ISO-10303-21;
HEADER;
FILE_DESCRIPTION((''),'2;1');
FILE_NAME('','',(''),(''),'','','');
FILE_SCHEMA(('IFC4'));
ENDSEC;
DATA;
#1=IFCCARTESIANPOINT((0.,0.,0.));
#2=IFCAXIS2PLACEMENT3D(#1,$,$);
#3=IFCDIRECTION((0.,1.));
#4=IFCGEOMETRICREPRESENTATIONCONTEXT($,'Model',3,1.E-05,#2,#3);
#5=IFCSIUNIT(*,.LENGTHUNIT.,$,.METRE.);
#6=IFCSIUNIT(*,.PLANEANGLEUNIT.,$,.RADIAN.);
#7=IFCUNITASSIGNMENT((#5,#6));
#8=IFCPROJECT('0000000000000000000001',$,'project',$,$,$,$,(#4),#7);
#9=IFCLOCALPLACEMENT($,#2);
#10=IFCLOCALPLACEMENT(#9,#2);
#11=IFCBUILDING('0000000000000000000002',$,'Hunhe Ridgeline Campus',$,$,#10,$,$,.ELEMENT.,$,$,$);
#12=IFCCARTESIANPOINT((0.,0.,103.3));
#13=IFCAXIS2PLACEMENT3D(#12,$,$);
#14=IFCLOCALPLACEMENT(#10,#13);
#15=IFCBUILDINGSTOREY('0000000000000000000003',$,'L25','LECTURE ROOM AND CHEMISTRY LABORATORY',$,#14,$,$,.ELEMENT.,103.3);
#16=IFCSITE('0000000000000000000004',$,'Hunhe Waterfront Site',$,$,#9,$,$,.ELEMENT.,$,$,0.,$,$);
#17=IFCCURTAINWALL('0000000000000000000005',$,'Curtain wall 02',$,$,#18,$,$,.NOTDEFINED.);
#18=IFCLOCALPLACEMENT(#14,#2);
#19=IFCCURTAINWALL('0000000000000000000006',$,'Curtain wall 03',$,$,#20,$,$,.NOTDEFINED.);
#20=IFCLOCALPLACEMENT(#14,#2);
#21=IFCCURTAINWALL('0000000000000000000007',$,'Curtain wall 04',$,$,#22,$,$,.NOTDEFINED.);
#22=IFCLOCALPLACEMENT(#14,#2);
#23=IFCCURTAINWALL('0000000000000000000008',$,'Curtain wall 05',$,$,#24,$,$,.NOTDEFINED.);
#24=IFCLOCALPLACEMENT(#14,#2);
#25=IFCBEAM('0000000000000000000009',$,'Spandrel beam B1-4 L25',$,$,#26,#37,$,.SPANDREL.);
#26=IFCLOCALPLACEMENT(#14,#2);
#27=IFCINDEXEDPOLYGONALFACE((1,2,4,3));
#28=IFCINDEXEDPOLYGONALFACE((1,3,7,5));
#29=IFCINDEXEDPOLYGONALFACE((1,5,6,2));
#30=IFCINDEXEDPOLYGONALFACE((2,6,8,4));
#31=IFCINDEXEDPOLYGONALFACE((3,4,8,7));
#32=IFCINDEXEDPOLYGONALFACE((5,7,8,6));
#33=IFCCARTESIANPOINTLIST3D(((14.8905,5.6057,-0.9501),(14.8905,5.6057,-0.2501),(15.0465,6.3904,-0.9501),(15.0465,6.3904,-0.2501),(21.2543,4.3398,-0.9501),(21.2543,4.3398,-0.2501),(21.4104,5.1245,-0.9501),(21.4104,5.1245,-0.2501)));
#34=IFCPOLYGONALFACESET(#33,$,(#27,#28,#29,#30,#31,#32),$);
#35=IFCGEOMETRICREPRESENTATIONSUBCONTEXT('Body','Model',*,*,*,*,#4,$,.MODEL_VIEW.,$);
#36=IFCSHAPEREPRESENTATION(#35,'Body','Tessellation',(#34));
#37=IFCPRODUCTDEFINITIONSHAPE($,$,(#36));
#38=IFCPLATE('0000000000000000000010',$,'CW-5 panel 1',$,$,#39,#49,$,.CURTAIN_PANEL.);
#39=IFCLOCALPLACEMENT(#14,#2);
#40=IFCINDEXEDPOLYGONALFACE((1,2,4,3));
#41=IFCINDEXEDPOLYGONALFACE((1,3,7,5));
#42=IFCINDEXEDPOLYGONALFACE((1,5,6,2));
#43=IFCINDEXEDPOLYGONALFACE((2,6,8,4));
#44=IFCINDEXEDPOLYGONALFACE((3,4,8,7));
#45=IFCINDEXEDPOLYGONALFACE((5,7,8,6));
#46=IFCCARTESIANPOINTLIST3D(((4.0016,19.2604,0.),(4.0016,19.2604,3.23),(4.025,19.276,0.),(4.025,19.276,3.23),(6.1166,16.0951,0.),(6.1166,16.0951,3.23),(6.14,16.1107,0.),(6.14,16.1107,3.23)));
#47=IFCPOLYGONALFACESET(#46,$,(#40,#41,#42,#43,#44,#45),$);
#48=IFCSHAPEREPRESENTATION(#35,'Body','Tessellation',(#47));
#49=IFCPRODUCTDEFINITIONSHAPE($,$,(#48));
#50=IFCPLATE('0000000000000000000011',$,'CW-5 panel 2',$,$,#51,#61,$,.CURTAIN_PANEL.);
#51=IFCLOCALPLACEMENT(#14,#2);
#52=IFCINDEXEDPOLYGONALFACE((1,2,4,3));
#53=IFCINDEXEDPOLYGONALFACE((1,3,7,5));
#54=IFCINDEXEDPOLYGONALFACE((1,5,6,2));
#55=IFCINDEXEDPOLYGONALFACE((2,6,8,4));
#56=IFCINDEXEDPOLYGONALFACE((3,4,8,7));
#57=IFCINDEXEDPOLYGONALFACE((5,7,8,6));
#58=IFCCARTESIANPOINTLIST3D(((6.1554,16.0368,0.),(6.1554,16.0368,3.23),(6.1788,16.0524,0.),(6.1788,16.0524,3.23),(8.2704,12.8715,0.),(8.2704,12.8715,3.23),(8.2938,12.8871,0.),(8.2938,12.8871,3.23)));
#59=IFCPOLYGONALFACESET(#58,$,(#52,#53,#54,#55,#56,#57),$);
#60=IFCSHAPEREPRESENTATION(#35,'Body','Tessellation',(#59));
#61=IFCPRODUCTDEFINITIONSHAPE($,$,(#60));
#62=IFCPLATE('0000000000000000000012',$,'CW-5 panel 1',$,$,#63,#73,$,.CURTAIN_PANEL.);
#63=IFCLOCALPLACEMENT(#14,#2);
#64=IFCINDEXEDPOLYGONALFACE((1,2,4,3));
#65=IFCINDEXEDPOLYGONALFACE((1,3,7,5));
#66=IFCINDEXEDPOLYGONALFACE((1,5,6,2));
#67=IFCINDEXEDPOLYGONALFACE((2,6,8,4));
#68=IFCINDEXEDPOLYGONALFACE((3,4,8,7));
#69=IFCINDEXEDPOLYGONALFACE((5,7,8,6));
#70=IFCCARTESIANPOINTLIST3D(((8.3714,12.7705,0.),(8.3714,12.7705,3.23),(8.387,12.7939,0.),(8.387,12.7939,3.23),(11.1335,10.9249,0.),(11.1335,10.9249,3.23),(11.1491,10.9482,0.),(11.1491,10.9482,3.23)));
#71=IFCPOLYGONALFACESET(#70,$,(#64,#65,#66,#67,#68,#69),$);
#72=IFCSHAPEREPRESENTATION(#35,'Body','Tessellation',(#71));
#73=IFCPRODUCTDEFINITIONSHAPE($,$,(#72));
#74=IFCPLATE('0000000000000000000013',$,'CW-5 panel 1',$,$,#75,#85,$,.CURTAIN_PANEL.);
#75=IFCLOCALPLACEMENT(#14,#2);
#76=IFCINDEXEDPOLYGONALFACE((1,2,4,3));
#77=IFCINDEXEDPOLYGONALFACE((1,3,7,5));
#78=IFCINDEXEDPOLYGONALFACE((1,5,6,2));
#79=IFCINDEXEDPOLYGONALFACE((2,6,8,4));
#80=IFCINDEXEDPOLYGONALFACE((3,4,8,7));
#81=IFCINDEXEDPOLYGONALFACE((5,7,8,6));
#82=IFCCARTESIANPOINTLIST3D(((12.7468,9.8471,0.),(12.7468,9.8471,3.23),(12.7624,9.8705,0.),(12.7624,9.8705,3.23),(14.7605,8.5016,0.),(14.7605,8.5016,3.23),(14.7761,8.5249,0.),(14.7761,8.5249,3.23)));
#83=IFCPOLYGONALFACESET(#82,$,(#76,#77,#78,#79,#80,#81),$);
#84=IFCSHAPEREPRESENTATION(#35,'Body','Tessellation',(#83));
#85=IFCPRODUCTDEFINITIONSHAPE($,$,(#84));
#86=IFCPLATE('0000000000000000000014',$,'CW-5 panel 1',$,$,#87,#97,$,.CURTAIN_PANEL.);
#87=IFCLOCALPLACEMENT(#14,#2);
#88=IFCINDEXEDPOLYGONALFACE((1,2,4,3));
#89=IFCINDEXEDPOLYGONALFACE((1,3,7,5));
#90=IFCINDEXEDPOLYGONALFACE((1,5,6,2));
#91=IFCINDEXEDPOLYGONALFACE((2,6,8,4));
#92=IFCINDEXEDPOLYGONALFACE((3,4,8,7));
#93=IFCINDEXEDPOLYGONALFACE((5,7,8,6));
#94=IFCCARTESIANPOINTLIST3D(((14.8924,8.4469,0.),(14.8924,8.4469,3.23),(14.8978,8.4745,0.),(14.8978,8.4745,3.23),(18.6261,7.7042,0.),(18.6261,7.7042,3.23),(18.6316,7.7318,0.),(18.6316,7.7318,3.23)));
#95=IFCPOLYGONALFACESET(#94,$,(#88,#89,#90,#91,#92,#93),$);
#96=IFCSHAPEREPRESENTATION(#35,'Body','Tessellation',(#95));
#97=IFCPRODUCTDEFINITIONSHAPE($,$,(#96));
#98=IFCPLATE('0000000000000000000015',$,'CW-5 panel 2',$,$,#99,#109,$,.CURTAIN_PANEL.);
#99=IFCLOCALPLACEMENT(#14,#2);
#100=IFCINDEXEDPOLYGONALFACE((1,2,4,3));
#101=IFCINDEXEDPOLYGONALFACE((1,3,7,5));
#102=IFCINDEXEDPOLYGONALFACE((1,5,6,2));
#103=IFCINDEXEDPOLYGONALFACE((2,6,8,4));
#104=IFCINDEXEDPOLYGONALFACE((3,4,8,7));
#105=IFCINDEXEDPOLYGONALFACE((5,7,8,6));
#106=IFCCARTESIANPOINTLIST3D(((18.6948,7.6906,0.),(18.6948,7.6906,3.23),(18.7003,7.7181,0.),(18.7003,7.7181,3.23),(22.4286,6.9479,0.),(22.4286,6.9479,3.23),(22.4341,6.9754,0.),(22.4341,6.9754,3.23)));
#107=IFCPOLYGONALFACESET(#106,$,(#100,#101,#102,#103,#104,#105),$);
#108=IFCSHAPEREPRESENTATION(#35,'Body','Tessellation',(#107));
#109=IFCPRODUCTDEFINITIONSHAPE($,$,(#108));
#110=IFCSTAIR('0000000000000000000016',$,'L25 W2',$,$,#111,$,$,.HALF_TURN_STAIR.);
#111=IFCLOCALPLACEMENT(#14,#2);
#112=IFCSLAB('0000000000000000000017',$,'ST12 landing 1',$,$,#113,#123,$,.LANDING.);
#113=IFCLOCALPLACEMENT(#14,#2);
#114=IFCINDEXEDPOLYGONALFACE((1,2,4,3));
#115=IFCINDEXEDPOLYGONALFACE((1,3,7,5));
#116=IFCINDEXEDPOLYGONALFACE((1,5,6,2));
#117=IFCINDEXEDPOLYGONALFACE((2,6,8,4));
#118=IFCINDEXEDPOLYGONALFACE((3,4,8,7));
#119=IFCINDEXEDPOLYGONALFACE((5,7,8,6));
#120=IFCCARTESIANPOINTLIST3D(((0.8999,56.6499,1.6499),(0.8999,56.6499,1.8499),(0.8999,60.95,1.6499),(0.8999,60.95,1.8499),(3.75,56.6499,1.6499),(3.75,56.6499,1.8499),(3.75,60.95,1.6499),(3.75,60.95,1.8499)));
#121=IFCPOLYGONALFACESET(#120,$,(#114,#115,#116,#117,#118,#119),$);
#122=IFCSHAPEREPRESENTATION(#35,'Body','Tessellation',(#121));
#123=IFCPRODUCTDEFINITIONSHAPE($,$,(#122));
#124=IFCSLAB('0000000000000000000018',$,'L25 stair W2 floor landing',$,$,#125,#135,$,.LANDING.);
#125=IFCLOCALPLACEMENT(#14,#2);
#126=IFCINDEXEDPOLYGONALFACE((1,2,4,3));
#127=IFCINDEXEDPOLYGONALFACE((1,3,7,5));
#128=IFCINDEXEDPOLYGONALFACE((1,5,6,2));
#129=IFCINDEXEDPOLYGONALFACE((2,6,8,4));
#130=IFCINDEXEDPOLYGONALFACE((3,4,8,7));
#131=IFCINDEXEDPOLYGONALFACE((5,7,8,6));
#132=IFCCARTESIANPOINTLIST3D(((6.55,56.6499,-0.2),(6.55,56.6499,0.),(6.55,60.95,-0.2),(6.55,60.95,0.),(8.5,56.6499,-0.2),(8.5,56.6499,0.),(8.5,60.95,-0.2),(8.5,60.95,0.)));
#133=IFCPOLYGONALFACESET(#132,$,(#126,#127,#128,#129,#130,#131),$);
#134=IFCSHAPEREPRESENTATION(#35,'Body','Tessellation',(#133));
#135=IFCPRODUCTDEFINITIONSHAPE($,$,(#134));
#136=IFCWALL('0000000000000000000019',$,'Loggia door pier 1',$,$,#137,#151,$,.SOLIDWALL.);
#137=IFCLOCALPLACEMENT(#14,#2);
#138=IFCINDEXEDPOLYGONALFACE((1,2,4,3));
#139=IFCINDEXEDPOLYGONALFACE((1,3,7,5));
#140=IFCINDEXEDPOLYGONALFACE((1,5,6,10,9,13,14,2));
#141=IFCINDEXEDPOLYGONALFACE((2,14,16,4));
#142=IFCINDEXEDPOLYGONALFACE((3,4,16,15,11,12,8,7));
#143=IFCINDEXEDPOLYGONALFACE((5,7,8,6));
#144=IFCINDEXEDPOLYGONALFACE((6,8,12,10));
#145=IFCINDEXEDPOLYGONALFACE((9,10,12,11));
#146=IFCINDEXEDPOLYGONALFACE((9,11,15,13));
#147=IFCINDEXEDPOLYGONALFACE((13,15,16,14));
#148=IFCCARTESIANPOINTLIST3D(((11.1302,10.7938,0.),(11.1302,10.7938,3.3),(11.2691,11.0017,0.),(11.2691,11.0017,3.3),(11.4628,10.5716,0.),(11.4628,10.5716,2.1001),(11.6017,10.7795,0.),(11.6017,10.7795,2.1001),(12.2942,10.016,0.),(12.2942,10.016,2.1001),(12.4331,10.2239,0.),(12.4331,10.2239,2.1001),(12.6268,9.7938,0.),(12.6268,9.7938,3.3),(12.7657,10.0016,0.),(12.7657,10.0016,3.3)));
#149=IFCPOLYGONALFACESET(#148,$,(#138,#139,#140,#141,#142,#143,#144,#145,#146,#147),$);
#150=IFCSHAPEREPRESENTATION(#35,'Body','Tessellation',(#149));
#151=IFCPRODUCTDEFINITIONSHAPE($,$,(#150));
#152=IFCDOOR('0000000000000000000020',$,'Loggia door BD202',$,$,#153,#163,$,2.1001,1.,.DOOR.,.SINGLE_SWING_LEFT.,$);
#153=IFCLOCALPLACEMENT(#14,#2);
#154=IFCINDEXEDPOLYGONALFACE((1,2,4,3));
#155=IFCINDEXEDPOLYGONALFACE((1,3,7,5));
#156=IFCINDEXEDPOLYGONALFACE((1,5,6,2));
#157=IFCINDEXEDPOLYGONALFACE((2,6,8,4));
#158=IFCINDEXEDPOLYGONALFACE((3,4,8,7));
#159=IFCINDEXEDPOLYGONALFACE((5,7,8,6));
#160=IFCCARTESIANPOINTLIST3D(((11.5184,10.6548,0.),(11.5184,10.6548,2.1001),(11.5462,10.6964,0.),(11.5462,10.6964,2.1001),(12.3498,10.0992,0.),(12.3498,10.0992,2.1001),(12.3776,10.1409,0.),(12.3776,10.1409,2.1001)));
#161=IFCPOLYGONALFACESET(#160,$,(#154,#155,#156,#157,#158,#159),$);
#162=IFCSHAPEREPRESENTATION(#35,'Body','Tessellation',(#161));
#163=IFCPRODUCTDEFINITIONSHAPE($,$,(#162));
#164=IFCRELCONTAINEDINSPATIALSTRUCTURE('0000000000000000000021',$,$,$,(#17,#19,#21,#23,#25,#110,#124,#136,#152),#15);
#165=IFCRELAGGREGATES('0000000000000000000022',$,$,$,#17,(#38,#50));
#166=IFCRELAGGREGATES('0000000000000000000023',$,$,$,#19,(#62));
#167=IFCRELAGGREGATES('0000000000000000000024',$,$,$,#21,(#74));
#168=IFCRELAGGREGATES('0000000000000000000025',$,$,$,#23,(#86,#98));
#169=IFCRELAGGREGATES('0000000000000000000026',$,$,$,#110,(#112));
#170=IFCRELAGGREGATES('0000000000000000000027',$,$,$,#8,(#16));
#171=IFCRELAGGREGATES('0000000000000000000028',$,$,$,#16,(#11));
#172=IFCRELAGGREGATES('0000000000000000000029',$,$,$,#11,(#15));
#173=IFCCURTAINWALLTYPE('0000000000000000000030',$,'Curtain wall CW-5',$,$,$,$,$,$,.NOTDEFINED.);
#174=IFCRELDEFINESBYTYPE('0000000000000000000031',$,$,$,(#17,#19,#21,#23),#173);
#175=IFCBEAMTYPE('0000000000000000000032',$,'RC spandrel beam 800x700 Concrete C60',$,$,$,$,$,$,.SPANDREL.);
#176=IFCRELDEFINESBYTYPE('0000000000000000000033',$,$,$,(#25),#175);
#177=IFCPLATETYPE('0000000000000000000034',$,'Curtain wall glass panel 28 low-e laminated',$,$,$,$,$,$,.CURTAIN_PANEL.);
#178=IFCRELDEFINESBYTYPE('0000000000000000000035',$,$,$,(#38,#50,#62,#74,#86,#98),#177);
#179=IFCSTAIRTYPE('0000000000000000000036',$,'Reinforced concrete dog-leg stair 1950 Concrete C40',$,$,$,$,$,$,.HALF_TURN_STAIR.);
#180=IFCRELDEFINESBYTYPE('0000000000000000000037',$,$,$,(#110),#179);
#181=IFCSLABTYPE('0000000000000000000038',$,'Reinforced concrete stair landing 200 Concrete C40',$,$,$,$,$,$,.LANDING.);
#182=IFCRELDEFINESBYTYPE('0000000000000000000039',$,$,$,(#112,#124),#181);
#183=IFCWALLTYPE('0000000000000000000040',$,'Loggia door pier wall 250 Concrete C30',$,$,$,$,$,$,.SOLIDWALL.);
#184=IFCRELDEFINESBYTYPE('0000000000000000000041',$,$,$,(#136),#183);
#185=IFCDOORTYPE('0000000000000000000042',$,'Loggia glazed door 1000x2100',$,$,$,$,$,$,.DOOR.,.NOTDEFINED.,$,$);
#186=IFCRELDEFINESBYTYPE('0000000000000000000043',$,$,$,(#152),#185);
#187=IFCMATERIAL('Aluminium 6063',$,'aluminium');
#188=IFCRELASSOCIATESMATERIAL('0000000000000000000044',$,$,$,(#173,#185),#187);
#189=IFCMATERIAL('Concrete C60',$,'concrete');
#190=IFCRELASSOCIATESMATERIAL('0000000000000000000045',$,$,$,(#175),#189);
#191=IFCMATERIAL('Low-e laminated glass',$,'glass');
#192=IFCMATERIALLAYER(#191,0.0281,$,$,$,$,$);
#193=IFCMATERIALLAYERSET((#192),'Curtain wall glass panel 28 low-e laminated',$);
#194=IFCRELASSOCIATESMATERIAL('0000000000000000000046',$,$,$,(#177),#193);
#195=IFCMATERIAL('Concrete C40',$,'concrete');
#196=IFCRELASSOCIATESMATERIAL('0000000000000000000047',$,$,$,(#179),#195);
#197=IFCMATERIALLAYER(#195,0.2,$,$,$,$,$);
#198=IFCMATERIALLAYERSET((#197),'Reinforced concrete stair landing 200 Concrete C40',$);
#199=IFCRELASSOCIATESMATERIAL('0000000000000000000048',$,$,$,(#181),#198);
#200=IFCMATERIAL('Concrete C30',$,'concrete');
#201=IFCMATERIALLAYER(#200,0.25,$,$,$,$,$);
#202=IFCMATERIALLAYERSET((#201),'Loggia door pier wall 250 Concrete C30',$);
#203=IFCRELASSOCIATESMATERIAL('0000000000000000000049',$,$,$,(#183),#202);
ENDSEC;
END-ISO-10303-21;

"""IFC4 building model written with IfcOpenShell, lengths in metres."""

from ifc_helpers import new_model, si_unit, direction, frame, frame_2d, origin, origin_2d, place, context, subcontext, project, spatial, polyline, rectangle, outline, extrude, material, layer, layer_set, material_profile, profile_set, type_object, element, fill, aggregate, save


model = new_model("IFC4")

# Units and contexts
model_context = context("Model", 3, precision=1e-05, world=origin(), true_north=direction((0.0, 1.0)))
body_context = subcontext(model_context, "Body", "Model", "MODEL_VIEW")
ifc_project = project(units=[si_unit("LENGTHUNIT", "METRE"), si_unit("PLANEANGLEUNIT", "RADIAN")], contexts=[model_context])

# Site, building, storey
site_placement = place(None, origin())
site = spatial("IfcSite", under=ifc_project, at=site_placement, Name="Hunhe Waterfront Site", CompositionType="ELEMENT", RefElevation=0.0)
building_placement = place(site_placement, origin())
building = spatial("IfcBuilding", under=site, at=building_placement, Name="Hunhe Ridgeline Campus", CompositionType="ELEMENT")
storey_placement = place(building_placement, frame((0.0, 0.0, 103.3)))
storey = spatial("IfcBuildingStorey", under=building, at=storey_placement, Name="L25", Description="LECTURE ROOM AND CHEMISTRY LABORATORY", CompositionType="ELEMENT", Elevation=103.3)

# Curtain walls
ifc_material_1 = material(Name="Aluminium 6063", Category="aluminium")
curtain_wall_type = type_object("IfcCurtainWallType", Name="Curtain wall CW-5", PredefinedType="NOTDEFINED", material=ifc_material_1)
curtain_wall_1_placement = place(storey_placement, origin())
curtain_wall_1 = element("IfcCurtainWall", 1, at=curtain_wall_1_placement, inside=storey, type_object=curtain_wall_type, Name="Curtain wall 02", PredefinedType="NOTDEFINED")
curtain_wall_2_placement = place(storey_placement, origin())
curtain_wall_2 = element("IfcCurtainWall", 2, at=curtain_wall_2_placement, inside=storey, type_object=curtain_wall_type, Name="Curtain wall 03", PredefinedType="NOTDEFINED")
curtain_wall_3_placement = place(storey_placement, origin())
curtain_wall_3 = element("IfcCurtainWall", 3, at=curtain_wall_3_placement, inside=storey, type_object=curtain_wall_type, Name="Curtain wall 04", PredefinedType="NOTDEFINED")
curtain_wall_4_placement = place(storey_placement, origin())
curtain_wall_4 = element("IfcCurtainWall", 4, at=curtain_wall_4_placement, inside=storey, type_object=curtain_wall_type, Name="Curtain wall 05", PredefinedType="NOTDEFINED")

# Beam
ifc_material_2 = material(Name="Concrete C60", Category="concrete")
ifc_material_profile_1 = material_profile(ifc_material_2, rectangle(XDim=0.8, YDim=0.7, at=origin_2d()))
ifc_profile_set_1 = profile_set([ifc_material_profile_1], Name="Concrete C60")
beam_type = type_object("IfcBeamType", Name="RC spandrel beam 800x700 Concrete C60", PredefinedType="SPANDREL", material=ifc_profile_set_1)
for number, where, z_axis, x_axis, name in (
    (5, (14.9685, 5.998, -0.6001), (0.980784, -0.195096, 0.0), (0.195096, 0.980784, 0.0), "Spandrel beam B1-4 L25"),
):
    element("IfcBeam", number, at=place(storey_placement, frame(where, z_axis=z_axis, x_axis=x_axis)), inside=storey, type_object=beam_type, Name=name, PredefinedType="SPANDREL", context=body_context, shape_type="SweptSolid", body=[
        extrude(rectangle(XDim=0.8, YDim=0.7, at=origin_2d()), origin(), (0.0, 0.0, 1.0), 6.4885),
    ])

# Plates
ifc_material_3 = material(Name="Low-e laminated glass", Category="glass")
ifc_layer_1 = layer(ifc_material_3, 0.0281)
ifc_layer_set_1 = layer_set([ifc_layer_1], Name="Curtain wall glass panel 28 low-e laminated")
plate_type = type_object("IfcPlateType", Name="Curtain wall glass panel 28 low-e laminated", PredefinedType="CURTAIN_PANEL", material=ifc_layer_set_1)
plate_1_placement = place(storey_placement, frame((5.0708, 17.6855, 0.0), z_axis=(0.0, 0.0, 1.0), x_axis=(0.55557, -0.83147, 0.0)))
plate_1 = element("IfcPlate", 6, at=plate_1_placement, type_object=plate_type, Name="CW-5 panel 1", PredefinedType="CURTAIN_PANEL", context=body_context, shape_type="SweptSolid", body=[
    extrude(rectangle(XDim=3.8069, YDim=0.0281, at=origin_2d()), origin(), (0.0, 0.0, 1.0), 3.23),
])
plate_2_placement = place(storey_placement, frame((7.2246, 14.4619, 0.0), z_axis=(0.0, 0.0, 1.0), x_axis=(0.55557, -0.83147, 0.0)))
plate_2 = element("IfcPlate", 7, at=plate_2_placement, type_object=plate_type, Name="CW-5 panel 2", PredefinedType="CURTAIN_PANEL", context=body_context, shape_type="SweptSolid", body=[
    extrude(rectangle(XDim=3.8069, YDim=0.0281, at=origin_2d()), origin(), (0.0, 0.0, 1.0), 3.23),
])
aggregate(curtain_wall_1, [plate_1, plate_2])
plate_3_placement = place(storey_placement, frame((9.7603, 11.8594, 0.0), z_axis=(0.0, 0.0, 1.0), x_axis=(0.83147, -0.55557, 0.0)))
plate_3 = element("IfcPlate", 8, at=plate_3_placement, type_object=plate_type, Name="CW-5 panel 1", PredefinedType="CURTAIN_PANEL", context=body_context, shape_type="SweptSolid", body=[
    extrude(rectangle(XDim=3.322, YDim=0.0281, at=origin_2d()), origin(), (0.0, 0.0, 1.0), 3.23),
])
aggregate(curtain_wall_2, [plate_3])
plate_4_placement = place(storey_placement, frame((13.7615, 9.186, 0.0), z_axis=(0.0, 0.0, 1.0), x_axis=(0.83147, -0.55557, 0.0)))
plate_4 = element("IfcPlate", 9, at=plate_4_placement, type_object=plate_type, Name="CW-5 panel 1", PredefinedType="CURTAIN_PANEL", context=body_context, shape_type="SweptSolid", body=[
    extrude(rectangle(XDim=2.4219, YDim=0.0281, at=origin_2d()), origin(), (0.0, 0.0, 1.0), 3.23),
])
aggregate(curtain_wall_3, [plate_4])
plate_5_placement = place(storey_placement, frame((16.762, 8.0894, 0.0), z_axis=(0.0, 0.0, 1.0), x_axis=(0.980785, -0.19509, 0.0)))
plate_5 = element("IfcPlate", 10, at=plate_5_placement, type_object=plate_type, Name="CW-5 panel 1", PredefinedType="CURTAIN_PANEL", context=body_context, shape_type="SweptSolid", body=[
    extrude(rectangle(XDim=3.8069, YDim=0.0281, at=origin_2d()), origin(), (0.0, 0.0, 1.0), 3.23),
])
plate_6_placement = place(storey_placement, frame((20.5645, 7.333, 0.0), z_axis=(0.0, 0.0, 1.0), x_axis=(0.980785, -0.19509, 0.0)))
plate_6 = element("IfcPlate", 11, at=plate_6_placement, type_object=plate_type, Name="CW-5 panel 2", PredefinedType="CURTAIN_PANEL", context=body_context, shape_type="SweptSolid", body=[
    extrude(rectangle(XDim=3.8069, YDim=0.0281, at=origin_2d()), origin(), (0.0, 0.0, 1.0), 3.23),
])
aggregate(curtain_wall_4, [plate_5, plate_6])

# Stair, slab
ifc_material_4 = material(Name="Concrete C40", Category="concrete")
stair_type = type_object("IfcStairType", Name="Reinforced concrete dog-leg stair 1950 Concrete C40", PredefinedType="HALF_TURN_STAIR", material=ifc_material_4)
stair_placement = place(storey_placement, origin())
stair = element("IfcStair", 12, at=stair_placement, inside=storey, type_object=stair_type, Name="L25 W2", PredefinedType="HALF_TURN_STAIR")
ifc_layer_2 = layer(ifc_material_4, 0.2)
ifc_layer_set_2 = layer_set([ifc_layer_2], Name="Reinforced concrete stair landing 200 Concrete C40")
slab_type = type_object("IfcSlabType", Name="Reinforced concrete stair landing 200 Concrete C40", PredefinedType="LANDING", material=ifc_layer_set_2)
slab_1_placement = place(storey_placement, frame((0.0, 0.0, 1.6499)))
slab_1 = element("IfcSlab", 13, at=slab_1_placement, type_object=slab_type, Name="ST12 landing 1", PredefinedType="LANDING", context=body_context, shape_type="SweptSolid", body=[
    extrude(outline(polyline([(3.75, 60.95), (0.8999, 60.95), (0.8999, 56.6499), (3.75, 56.6499), (3.75, 60.95)])), origin(), (0.0, 0.0, 1.0), 0.2),
])
aggregate(stair, [slab_1])

# Slab
slab_2_placement = place(storey_placement, frame((0.0, 0.0, -0.2)))
element("IfcSlab", 14, at=slab_2_placement, inside=storey, type_object=slab_type, Name="L25 stair W2 floor landing", PredefinedType="LANDING", context=body_context, shape_type="SweptSolid", body=[
    extrude(outline(polyline([(8.5, 60.95), (6.55, 60.95), (6.55, 56.6499), (8.5, 56.6499), (8.5, 60.95)])), origin(), (0.0, 0.0, 1.0), 0.2),
])

# Wall, opening, door
ifc_material_5 = material(Name="Concrete C30", Category="concrete")
ifc_layer_3 = layer(ifc_material_5, 0.25)
ifc_layer_set_3 = layer_set([ifc_layer_3], Name="Loggia door pier wall 250 Concrete C30")
wall_type_1 = type_object("IfcWallType", Name="Loggia door pier wall 250 Concrete C30", PredefinedType="SOLIDWALL", material=ifc_layer_set_3)
wall_1_placement = place(storey_placement, frame((11.1997, 10.8977, 0.0), z_axis=(0.0, 0.0, 1.0), x_axis=(0.831466, -0.555576, 0.0)))
wall_1 = element("IfcWall", 15, at=wall_1_placement, inside=storey, type_object=wall_type_1, Name="Loggia door pier 1", PredefinedType="SOLIDWALL", context=body_context, shape_type="SweptSolid", body=[
    extrude(rectangle(XDim=1.8, YDim=0.25, at=frame_2d((0.8999, 0.0))), origin(), (0.0, 0.0, 1.0), 3.3),
])
opening_1_placement = place(wall_1_placement, frame((0.3999, 0.0, 0.0)))
opening_1 = element("IfcOpeningElement", 16, at=opening_1_placement, cuts=wall_1, PredefinedType="OPENING", context=body_context, shape_type="SweptSolid", body=[
    extrude(rectangle(XDim=1.0, YDim=2.1001, at=frame_2d((0.5, 1.05))), frame((0.0, 0.125, 0.0), z_axis=(0.0, -1.0, 0.0), x_axis=(1.0, 0.0, 0.0)), (0.0, 0.0, 1.0), 0.25),
])
door_type_1 = type_object("IfcDoorType", Name="Loggia glazed door 1000x2100", OperationType="NOTDEFINED", PredefinedType="DOOR", material=ifc_material_1)
door_1_placement = place(opening_1_placement, frame((1.0, 0.0, 0.0), z_axis=(0.0, 0.0, 1.0), x_axis=(-1.0, 0.0, 0.0)))
door_1 = element("IfcDoor", 17, at=door_1_placement, inside=storey, type_object=door_type_1, Name="Loggia door BD202", OperationType="SINGLE_SWING_LEFT", OverallHeight=2.1001, OverallWidth=1.0, PredefinedType="DOOR", context=body_context, shape_type="SweptSolid", body=[
    extrude(rectangle(XDim=1.0, YDim=2.1001, at=frame_2d((0.5, 1.05))), frame((0.0, 0.0249, 0.0), z_axis=(0.0, -1.0, 0.0), x_axis=(1.0, 0.0, 0.0)), (0.0, 0.0, 1.0), 0.05),
])
fill(opening_1, door_1)

save(model, "model.ifc")
